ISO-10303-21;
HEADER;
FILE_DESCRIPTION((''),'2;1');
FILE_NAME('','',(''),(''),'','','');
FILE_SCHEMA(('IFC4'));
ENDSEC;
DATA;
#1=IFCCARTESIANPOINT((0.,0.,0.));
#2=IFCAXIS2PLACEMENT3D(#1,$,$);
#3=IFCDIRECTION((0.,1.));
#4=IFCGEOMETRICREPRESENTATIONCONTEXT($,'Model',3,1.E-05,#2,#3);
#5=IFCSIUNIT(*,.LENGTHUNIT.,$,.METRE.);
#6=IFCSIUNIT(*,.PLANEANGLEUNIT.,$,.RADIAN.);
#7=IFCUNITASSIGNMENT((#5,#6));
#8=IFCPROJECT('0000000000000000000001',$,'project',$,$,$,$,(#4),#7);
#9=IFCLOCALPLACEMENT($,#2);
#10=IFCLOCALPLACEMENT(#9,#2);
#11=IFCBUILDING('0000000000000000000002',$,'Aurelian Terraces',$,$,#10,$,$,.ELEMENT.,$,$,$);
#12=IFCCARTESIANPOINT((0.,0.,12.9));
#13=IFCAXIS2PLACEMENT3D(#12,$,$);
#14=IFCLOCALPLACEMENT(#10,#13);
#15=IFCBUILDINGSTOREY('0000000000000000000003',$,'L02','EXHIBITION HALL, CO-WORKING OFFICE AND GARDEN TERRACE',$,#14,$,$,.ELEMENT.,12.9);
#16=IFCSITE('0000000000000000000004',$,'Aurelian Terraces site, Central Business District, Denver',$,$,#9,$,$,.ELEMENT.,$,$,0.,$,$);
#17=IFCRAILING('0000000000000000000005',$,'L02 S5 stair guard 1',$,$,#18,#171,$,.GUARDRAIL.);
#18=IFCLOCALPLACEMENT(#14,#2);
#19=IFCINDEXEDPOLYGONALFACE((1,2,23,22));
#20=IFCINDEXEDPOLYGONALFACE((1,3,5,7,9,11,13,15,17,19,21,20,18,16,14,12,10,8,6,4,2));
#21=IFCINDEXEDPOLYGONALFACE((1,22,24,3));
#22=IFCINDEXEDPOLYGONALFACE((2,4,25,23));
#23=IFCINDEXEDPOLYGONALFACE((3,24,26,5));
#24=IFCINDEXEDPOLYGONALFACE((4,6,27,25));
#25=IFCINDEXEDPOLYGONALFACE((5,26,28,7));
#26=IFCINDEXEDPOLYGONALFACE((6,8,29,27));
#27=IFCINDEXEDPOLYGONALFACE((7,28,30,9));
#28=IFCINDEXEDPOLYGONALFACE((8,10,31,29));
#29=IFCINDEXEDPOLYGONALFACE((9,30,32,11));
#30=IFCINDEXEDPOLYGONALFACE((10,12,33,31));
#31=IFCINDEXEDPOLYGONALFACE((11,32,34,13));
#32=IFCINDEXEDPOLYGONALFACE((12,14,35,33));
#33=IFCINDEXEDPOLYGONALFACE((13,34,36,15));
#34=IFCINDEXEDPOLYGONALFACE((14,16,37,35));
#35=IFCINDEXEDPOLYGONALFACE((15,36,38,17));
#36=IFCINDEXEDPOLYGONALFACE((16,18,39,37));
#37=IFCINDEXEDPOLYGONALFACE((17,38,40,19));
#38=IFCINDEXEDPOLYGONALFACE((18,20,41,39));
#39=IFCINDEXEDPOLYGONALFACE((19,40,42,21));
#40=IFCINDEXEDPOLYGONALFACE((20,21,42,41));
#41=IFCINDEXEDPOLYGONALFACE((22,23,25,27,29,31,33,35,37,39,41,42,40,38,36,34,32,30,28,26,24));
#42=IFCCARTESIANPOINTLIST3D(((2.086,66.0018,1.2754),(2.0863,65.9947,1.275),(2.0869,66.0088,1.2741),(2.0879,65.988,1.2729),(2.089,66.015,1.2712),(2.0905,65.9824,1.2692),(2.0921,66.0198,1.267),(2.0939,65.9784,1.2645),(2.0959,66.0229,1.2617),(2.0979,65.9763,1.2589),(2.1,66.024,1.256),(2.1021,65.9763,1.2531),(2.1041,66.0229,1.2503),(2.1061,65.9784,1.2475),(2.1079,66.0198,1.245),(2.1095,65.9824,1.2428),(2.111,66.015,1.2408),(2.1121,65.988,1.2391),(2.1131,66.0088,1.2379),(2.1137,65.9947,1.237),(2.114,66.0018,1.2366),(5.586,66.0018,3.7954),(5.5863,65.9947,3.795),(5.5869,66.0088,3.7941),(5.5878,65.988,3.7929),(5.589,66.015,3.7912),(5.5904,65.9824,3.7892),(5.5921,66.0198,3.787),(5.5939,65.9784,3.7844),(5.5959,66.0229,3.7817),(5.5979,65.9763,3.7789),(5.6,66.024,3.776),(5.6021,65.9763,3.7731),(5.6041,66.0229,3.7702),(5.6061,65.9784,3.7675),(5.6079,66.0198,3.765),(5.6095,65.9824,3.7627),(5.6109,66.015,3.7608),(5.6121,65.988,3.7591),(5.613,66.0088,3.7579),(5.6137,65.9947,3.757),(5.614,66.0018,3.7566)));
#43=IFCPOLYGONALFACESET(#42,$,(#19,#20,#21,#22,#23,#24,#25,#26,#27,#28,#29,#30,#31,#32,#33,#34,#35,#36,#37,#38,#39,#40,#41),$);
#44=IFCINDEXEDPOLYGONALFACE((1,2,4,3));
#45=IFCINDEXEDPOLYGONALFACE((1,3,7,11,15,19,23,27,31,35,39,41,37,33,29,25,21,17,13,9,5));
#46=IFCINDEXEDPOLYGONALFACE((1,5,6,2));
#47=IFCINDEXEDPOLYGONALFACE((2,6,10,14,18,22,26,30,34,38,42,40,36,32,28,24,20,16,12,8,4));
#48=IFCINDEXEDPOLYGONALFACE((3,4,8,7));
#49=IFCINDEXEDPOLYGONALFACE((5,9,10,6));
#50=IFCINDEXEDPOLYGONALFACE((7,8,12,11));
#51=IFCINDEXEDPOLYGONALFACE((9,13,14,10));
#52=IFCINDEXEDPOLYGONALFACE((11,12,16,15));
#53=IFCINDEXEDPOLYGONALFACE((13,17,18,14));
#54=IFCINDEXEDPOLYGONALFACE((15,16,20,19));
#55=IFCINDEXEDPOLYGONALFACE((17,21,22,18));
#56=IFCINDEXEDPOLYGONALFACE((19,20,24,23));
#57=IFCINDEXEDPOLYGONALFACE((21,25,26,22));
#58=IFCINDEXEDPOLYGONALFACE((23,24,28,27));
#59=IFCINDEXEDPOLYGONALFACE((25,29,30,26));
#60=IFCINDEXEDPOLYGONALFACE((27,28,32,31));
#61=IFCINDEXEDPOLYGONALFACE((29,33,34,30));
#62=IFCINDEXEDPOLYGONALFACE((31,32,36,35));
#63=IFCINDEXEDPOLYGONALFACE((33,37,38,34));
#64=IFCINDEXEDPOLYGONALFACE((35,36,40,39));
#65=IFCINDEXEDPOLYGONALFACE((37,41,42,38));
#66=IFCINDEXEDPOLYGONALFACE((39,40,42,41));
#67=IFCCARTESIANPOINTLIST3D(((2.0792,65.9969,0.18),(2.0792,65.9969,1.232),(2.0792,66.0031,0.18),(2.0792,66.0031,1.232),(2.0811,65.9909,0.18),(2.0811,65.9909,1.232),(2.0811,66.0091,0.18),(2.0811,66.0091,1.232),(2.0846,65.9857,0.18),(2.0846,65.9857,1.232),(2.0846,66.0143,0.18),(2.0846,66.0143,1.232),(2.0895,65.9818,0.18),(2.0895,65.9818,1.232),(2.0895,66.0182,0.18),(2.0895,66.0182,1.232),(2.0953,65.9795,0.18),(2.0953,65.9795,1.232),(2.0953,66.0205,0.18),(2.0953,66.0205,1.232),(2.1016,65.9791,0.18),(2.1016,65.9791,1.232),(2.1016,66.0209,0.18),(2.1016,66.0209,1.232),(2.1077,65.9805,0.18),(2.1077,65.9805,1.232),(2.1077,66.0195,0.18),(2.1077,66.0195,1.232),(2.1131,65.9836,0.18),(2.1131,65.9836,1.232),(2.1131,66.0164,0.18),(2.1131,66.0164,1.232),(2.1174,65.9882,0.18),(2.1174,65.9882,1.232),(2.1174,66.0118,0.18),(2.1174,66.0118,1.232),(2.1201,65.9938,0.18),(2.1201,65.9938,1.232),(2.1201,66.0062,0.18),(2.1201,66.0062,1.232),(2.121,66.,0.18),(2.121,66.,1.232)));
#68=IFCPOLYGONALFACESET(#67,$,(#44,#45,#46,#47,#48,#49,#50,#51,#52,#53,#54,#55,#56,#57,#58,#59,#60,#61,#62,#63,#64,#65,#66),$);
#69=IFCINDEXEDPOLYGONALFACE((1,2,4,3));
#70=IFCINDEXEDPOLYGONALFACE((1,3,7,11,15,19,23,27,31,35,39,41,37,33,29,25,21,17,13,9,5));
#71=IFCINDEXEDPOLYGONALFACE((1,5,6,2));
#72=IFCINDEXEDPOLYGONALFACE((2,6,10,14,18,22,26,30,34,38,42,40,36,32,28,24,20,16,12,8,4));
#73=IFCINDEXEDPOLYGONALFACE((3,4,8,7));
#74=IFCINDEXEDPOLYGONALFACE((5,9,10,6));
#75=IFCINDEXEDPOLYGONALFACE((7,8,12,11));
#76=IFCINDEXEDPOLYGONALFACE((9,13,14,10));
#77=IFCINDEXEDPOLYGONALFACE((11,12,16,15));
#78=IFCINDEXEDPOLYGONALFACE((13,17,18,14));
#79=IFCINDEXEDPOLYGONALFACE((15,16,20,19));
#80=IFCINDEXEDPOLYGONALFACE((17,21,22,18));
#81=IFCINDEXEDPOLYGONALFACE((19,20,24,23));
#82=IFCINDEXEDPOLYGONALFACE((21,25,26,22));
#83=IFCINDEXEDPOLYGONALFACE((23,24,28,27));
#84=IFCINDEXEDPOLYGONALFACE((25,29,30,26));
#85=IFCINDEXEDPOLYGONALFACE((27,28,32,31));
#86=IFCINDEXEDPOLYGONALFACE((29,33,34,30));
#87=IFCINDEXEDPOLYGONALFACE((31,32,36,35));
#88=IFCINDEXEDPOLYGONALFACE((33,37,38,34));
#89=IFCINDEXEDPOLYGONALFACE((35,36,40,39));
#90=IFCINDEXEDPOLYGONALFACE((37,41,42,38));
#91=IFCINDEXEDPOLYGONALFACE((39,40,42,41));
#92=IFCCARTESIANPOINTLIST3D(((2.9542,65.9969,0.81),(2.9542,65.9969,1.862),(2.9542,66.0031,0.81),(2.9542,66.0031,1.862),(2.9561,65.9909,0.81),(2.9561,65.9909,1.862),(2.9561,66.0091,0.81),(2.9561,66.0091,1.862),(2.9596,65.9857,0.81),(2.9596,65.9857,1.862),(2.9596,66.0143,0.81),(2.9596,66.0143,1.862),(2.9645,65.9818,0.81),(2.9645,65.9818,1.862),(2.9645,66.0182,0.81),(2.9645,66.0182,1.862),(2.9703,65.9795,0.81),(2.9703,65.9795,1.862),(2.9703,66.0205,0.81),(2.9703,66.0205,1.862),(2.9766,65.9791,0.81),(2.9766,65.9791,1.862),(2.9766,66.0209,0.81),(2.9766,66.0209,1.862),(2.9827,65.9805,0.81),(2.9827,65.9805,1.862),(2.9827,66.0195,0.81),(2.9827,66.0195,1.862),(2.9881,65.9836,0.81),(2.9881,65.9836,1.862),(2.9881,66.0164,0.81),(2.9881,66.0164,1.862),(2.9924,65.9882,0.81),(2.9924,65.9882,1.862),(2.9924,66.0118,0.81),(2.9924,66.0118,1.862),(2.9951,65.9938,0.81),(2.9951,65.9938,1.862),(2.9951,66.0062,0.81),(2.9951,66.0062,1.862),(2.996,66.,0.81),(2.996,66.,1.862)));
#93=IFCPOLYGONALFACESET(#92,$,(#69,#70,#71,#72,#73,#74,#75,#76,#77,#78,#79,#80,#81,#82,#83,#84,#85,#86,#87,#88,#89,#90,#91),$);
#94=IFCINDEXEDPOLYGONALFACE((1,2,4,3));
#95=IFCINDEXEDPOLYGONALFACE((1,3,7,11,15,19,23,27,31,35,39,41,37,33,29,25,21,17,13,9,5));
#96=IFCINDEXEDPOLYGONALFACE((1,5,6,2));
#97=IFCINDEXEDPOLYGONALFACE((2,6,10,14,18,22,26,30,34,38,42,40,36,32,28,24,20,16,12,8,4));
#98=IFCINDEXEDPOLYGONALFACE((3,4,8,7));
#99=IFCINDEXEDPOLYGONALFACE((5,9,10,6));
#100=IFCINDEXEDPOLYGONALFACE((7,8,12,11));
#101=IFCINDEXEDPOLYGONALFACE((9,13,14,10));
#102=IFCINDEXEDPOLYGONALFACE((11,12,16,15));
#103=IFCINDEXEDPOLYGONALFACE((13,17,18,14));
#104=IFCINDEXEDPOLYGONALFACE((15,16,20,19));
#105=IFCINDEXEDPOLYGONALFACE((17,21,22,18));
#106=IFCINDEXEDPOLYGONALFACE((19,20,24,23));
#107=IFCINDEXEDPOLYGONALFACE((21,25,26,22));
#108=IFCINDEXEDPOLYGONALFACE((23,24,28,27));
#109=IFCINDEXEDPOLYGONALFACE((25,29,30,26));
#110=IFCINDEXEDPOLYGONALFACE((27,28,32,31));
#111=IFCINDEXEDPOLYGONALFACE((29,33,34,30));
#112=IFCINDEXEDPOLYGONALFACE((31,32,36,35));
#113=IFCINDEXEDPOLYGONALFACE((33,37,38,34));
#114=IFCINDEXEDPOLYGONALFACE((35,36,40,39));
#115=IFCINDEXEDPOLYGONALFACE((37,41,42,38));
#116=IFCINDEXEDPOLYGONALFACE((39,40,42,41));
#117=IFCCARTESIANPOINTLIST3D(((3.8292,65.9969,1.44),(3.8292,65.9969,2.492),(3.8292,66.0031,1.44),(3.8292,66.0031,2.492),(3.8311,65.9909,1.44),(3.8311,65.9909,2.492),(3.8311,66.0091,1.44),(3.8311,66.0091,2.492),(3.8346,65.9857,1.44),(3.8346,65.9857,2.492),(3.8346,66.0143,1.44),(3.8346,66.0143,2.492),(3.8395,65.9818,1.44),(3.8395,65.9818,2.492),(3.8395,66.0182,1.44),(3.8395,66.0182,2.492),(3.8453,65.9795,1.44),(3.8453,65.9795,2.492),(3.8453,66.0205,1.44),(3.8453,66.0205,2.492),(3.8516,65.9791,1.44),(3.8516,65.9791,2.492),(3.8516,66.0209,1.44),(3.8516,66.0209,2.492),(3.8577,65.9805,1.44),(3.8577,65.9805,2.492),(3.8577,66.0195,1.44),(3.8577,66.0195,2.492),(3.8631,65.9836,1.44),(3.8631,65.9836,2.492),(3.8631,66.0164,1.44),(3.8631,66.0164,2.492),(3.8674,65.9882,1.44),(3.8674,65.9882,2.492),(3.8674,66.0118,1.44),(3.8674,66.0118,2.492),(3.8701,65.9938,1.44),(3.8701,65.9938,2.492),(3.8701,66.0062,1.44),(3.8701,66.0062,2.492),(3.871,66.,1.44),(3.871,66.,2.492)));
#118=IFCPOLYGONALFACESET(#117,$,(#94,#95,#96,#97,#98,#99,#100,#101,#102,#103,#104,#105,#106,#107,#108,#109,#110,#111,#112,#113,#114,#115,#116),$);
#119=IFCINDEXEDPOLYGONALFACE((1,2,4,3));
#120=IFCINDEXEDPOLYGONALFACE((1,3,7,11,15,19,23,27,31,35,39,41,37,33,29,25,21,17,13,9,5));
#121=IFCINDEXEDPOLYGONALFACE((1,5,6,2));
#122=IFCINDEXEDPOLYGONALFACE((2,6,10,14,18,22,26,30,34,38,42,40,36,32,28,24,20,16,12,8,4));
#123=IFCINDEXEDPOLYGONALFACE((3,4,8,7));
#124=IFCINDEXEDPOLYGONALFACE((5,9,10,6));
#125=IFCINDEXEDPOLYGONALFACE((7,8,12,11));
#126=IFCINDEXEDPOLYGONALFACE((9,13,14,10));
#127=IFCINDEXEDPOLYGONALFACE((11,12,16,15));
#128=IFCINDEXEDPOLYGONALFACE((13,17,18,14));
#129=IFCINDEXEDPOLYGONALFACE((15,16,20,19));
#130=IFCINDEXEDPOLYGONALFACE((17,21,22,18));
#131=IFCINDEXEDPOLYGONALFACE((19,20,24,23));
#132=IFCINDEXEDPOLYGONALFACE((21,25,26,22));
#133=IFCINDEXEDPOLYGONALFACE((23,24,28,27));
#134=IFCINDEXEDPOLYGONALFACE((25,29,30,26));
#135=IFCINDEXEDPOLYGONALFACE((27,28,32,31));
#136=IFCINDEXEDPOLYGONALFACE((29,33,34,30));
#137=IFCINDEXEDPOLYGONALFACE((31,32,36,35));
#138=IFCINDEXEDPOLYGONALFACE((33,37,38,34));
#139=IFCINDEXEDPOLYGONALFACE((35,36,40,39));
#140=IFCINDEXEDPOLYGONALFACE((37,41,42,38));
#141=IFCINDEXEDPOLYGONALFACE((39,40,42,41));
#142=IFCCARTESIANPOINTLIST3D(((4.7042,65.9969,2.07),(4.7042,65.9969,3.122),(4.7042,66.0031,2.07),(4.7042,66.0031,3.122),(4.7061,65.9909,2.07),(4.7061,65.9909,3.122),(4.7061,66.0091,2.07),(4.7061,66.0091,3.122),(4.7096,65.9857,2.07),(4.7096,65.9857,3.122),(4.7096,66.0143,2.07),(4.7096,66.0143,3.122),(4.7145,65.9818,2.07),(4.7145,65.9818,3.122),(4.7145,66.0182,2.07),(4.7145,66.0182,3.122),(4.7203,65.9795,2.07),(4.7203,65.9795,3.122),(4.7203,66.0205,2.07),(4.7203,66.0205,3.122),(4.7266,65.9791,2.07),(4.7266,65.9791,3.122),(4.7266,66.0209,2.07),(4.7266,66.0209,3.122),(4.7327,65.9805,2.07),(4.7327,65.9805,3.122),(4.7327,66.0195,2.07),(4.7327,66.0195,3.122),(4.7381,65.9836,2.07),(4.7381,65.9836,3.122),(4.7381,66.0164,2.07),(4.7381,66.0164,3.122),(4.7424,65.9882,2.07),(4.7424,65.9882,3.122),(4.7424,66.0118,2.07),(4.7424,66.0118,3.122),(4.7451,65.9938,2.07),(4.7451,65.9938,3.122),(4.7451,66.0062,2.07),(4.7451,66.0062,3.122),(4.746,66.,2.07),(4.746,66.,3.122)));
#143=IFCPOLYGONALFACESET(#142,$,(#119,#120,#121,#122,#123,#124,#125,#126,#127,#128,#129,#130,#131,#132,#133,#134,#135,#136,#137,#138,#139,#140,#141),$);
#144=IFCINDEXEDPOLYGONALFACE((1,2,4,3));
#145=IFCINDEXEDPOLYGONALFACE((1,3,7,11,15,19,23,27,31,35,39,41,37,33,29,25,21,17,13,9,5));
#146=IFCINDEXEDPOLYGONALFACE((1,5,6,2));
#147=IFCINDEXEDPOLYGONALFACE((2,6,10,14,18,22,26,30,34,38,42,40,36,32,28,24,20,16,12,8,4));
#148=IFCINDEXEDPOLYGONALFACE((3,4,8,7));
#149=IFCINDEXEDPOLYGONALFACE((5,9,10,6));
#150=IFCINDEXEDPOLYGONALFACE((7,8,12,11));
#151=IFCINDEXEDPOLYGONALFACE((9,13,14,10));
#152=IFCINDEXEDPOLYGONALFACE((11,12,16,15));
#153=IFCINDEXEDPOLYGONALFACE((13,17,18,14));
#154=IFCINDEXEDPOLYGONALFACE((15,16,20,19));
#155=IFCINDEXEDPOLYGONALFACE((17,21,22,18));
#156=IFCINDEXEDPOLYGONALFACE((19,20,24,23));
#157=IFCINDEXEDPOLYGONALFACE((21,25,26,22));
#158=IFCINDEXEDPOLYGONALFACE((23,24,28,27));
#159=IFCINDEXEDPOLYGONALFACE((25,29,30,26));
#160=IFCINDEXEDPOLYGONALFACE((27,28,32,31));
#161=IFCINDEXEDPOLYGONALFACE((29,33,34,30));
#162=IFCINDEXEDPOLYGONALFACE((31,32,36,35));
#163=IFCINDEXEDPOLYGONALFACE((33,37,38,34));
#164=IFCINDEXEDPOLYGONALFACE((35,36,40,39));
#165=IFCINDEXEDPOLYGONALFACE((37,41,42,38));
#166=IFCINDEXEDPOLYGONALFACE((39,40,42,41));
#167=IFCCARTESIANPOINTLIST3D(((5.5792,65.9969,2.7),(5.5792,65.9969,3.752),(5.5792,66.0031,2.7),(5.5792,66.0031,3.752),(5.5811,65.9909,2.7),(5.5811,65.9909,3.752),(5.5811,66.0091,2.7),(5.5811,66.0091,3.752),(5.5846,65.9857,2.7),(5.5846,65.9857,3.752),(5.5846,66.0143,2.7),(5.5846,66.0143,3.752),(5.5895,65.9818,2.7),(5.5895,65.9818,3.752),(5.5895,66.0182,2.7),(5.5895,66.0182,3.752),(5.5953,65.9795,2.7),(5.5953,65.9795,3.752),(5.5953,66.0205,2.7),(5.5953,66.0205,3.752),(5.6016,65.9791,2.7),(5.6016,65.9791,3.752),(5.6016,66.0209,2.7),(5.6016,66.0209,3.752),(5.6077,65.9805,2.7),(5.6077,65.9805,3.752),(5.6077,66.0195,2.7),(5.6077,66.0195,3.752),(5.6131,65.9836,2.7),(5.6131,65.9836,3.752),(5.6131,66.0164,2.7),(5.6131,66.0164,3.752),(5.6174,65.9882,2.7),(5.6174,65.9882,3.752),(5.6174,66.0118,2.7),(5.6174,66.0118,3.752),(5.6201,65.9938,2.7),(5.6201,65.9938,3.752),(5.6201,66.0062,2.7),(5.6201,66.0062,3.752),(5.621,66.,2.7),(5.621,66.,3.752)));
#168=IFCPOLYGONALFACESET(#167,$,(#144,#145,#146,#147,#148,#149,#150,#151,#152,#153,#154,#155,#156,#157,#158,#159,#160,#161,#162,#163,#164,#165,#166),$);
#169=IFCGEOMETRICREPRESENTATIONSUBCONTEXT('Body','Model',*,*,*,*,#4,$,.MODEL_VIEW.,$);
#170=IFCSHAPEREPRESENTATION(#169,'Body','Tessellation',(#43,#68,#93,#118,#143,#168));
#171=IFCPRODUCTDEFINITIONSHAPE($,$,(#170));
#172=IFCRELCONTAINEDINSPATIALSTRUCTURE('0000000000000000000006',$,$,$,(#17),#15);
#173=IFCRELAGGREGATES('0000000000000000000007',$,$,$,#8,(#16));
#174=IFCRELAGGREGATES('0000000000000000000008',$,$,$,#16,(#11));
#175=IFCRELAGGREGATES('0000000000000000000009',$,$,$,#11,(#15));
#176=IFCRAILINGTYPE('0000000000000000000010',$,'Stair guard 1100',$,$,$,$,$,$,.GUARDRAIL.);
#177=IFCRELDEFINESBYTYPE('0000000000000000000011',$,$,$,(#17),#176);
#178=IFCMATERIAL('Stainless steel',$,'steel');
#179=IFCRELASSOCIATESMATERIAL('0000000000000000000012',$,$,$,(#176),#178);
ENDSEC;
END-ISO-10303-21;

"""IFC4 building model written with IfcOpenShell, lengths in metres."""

from ifc_helpers import new_model, si_unit, direction, frame, origin, origin_2d, place, context, subcontext, project, spatial, circle, extrude, source, transform, mapped, material, type_object, element, save


model = new_model("IFC4")

# Units and contexts
model_context = context("Model", 3, precision=1e-05, world=origin(), true_north=direction((0.0, 1.0)))
body_context = subcontext(model_context, "Body", "Model", "MODEL_VIEW")
ifc_project = project(units=[si_unit("LENGTHUNIT", "METRE"), si_unit("PLANEANGLEUNIT", "RADIAN")], contexts=[model_context])

# Site, building, storey
site_placement = place(None, origin())
site = spatial("IfcSite", under=ifc_project, at=site_placement, Name="Aurelian Terraces site, Central Business District, Denver", CompositionType="ELEMENT", RefElevation=0.0)
building_placement = place(site_placement, origin())
building = spatial("IfcBuilding", under=site, at=building_placement, Name="Aurelian Terraces", CompositionType="ELEMENT")
storey_placement = place(building_placement, frame((0.0, 0.0, 12.9)))
storey = spatial("IfcBuildingStorey", under=building, at=storey_placement, Name="L02", Description="EXHIBITION HALL, CO-WORKING OFFICE AND GARDEN TERRACE", CompositionType="ELEMENT", Elevation=12.9)

# Railing
ifc_material_1 = material(Name="Stainless steel", Category="steel")
railing_type_1 = type_object("IfcRailingType", Name="Stair guard 1100", PredefinedType="GUARDRAIL", material=ifc_material_1)
shared_shape_1 = source(origin(), body_context, "Body", "SweptSolid", [
    extrude(circle(Radius=0.024, at=origin_2d()), frame((0.0, 0.0, 1.076), z_axis=(0.811534, 0.0, 0.584305), x_axis=(0.0, 1.0, 0.0)), (0.0, 0.0, 1.0), 4.3128),
    extrude(circle(Radius=0.021, at=origin_2d()), origin(), (0.0, 0.0, 1.0), 1.052),
    extrude(circle(Radius=0.021, at=origin_2d()), frame((0.875, 0.0, 0.63)), (0.0, 0.0, 1.0), 1.052),
    extrude(circle(Radius=0.021, at=origin_2d()), frame((1.75, 0.0, 1.26)), (0.0, 0.0, 1.0), 1.052),
    extrude(circle(Radius=0.021, at=origin_2d()), frame((2.625, 0.0, 1.89)), (0.0, 0.0, 1.0), 1.052),
    extrude(circle(Radius=0.021, at=origin_2d()), frame((3.5, 0.0, 2.52)), (0.0, 0.0, 1.0), 1.052),
])
railing_1_placement = place(storey_placement, frame((2.1, 66.0, 0.18)))
element("IfcRailing", 1, at=railing_1_placement, inside=storey, type_object=railing_type_1, Name="L02 S5 stair guard 1", PredefinedType="GUARDRAIL", context=body_context, shape_type="MappedRepresentation", body=[
    mapped(shared_shape_1, transform((0.0, 0.0, 0.0), scale=1.0)),
])

save(model, "model.ifc")
